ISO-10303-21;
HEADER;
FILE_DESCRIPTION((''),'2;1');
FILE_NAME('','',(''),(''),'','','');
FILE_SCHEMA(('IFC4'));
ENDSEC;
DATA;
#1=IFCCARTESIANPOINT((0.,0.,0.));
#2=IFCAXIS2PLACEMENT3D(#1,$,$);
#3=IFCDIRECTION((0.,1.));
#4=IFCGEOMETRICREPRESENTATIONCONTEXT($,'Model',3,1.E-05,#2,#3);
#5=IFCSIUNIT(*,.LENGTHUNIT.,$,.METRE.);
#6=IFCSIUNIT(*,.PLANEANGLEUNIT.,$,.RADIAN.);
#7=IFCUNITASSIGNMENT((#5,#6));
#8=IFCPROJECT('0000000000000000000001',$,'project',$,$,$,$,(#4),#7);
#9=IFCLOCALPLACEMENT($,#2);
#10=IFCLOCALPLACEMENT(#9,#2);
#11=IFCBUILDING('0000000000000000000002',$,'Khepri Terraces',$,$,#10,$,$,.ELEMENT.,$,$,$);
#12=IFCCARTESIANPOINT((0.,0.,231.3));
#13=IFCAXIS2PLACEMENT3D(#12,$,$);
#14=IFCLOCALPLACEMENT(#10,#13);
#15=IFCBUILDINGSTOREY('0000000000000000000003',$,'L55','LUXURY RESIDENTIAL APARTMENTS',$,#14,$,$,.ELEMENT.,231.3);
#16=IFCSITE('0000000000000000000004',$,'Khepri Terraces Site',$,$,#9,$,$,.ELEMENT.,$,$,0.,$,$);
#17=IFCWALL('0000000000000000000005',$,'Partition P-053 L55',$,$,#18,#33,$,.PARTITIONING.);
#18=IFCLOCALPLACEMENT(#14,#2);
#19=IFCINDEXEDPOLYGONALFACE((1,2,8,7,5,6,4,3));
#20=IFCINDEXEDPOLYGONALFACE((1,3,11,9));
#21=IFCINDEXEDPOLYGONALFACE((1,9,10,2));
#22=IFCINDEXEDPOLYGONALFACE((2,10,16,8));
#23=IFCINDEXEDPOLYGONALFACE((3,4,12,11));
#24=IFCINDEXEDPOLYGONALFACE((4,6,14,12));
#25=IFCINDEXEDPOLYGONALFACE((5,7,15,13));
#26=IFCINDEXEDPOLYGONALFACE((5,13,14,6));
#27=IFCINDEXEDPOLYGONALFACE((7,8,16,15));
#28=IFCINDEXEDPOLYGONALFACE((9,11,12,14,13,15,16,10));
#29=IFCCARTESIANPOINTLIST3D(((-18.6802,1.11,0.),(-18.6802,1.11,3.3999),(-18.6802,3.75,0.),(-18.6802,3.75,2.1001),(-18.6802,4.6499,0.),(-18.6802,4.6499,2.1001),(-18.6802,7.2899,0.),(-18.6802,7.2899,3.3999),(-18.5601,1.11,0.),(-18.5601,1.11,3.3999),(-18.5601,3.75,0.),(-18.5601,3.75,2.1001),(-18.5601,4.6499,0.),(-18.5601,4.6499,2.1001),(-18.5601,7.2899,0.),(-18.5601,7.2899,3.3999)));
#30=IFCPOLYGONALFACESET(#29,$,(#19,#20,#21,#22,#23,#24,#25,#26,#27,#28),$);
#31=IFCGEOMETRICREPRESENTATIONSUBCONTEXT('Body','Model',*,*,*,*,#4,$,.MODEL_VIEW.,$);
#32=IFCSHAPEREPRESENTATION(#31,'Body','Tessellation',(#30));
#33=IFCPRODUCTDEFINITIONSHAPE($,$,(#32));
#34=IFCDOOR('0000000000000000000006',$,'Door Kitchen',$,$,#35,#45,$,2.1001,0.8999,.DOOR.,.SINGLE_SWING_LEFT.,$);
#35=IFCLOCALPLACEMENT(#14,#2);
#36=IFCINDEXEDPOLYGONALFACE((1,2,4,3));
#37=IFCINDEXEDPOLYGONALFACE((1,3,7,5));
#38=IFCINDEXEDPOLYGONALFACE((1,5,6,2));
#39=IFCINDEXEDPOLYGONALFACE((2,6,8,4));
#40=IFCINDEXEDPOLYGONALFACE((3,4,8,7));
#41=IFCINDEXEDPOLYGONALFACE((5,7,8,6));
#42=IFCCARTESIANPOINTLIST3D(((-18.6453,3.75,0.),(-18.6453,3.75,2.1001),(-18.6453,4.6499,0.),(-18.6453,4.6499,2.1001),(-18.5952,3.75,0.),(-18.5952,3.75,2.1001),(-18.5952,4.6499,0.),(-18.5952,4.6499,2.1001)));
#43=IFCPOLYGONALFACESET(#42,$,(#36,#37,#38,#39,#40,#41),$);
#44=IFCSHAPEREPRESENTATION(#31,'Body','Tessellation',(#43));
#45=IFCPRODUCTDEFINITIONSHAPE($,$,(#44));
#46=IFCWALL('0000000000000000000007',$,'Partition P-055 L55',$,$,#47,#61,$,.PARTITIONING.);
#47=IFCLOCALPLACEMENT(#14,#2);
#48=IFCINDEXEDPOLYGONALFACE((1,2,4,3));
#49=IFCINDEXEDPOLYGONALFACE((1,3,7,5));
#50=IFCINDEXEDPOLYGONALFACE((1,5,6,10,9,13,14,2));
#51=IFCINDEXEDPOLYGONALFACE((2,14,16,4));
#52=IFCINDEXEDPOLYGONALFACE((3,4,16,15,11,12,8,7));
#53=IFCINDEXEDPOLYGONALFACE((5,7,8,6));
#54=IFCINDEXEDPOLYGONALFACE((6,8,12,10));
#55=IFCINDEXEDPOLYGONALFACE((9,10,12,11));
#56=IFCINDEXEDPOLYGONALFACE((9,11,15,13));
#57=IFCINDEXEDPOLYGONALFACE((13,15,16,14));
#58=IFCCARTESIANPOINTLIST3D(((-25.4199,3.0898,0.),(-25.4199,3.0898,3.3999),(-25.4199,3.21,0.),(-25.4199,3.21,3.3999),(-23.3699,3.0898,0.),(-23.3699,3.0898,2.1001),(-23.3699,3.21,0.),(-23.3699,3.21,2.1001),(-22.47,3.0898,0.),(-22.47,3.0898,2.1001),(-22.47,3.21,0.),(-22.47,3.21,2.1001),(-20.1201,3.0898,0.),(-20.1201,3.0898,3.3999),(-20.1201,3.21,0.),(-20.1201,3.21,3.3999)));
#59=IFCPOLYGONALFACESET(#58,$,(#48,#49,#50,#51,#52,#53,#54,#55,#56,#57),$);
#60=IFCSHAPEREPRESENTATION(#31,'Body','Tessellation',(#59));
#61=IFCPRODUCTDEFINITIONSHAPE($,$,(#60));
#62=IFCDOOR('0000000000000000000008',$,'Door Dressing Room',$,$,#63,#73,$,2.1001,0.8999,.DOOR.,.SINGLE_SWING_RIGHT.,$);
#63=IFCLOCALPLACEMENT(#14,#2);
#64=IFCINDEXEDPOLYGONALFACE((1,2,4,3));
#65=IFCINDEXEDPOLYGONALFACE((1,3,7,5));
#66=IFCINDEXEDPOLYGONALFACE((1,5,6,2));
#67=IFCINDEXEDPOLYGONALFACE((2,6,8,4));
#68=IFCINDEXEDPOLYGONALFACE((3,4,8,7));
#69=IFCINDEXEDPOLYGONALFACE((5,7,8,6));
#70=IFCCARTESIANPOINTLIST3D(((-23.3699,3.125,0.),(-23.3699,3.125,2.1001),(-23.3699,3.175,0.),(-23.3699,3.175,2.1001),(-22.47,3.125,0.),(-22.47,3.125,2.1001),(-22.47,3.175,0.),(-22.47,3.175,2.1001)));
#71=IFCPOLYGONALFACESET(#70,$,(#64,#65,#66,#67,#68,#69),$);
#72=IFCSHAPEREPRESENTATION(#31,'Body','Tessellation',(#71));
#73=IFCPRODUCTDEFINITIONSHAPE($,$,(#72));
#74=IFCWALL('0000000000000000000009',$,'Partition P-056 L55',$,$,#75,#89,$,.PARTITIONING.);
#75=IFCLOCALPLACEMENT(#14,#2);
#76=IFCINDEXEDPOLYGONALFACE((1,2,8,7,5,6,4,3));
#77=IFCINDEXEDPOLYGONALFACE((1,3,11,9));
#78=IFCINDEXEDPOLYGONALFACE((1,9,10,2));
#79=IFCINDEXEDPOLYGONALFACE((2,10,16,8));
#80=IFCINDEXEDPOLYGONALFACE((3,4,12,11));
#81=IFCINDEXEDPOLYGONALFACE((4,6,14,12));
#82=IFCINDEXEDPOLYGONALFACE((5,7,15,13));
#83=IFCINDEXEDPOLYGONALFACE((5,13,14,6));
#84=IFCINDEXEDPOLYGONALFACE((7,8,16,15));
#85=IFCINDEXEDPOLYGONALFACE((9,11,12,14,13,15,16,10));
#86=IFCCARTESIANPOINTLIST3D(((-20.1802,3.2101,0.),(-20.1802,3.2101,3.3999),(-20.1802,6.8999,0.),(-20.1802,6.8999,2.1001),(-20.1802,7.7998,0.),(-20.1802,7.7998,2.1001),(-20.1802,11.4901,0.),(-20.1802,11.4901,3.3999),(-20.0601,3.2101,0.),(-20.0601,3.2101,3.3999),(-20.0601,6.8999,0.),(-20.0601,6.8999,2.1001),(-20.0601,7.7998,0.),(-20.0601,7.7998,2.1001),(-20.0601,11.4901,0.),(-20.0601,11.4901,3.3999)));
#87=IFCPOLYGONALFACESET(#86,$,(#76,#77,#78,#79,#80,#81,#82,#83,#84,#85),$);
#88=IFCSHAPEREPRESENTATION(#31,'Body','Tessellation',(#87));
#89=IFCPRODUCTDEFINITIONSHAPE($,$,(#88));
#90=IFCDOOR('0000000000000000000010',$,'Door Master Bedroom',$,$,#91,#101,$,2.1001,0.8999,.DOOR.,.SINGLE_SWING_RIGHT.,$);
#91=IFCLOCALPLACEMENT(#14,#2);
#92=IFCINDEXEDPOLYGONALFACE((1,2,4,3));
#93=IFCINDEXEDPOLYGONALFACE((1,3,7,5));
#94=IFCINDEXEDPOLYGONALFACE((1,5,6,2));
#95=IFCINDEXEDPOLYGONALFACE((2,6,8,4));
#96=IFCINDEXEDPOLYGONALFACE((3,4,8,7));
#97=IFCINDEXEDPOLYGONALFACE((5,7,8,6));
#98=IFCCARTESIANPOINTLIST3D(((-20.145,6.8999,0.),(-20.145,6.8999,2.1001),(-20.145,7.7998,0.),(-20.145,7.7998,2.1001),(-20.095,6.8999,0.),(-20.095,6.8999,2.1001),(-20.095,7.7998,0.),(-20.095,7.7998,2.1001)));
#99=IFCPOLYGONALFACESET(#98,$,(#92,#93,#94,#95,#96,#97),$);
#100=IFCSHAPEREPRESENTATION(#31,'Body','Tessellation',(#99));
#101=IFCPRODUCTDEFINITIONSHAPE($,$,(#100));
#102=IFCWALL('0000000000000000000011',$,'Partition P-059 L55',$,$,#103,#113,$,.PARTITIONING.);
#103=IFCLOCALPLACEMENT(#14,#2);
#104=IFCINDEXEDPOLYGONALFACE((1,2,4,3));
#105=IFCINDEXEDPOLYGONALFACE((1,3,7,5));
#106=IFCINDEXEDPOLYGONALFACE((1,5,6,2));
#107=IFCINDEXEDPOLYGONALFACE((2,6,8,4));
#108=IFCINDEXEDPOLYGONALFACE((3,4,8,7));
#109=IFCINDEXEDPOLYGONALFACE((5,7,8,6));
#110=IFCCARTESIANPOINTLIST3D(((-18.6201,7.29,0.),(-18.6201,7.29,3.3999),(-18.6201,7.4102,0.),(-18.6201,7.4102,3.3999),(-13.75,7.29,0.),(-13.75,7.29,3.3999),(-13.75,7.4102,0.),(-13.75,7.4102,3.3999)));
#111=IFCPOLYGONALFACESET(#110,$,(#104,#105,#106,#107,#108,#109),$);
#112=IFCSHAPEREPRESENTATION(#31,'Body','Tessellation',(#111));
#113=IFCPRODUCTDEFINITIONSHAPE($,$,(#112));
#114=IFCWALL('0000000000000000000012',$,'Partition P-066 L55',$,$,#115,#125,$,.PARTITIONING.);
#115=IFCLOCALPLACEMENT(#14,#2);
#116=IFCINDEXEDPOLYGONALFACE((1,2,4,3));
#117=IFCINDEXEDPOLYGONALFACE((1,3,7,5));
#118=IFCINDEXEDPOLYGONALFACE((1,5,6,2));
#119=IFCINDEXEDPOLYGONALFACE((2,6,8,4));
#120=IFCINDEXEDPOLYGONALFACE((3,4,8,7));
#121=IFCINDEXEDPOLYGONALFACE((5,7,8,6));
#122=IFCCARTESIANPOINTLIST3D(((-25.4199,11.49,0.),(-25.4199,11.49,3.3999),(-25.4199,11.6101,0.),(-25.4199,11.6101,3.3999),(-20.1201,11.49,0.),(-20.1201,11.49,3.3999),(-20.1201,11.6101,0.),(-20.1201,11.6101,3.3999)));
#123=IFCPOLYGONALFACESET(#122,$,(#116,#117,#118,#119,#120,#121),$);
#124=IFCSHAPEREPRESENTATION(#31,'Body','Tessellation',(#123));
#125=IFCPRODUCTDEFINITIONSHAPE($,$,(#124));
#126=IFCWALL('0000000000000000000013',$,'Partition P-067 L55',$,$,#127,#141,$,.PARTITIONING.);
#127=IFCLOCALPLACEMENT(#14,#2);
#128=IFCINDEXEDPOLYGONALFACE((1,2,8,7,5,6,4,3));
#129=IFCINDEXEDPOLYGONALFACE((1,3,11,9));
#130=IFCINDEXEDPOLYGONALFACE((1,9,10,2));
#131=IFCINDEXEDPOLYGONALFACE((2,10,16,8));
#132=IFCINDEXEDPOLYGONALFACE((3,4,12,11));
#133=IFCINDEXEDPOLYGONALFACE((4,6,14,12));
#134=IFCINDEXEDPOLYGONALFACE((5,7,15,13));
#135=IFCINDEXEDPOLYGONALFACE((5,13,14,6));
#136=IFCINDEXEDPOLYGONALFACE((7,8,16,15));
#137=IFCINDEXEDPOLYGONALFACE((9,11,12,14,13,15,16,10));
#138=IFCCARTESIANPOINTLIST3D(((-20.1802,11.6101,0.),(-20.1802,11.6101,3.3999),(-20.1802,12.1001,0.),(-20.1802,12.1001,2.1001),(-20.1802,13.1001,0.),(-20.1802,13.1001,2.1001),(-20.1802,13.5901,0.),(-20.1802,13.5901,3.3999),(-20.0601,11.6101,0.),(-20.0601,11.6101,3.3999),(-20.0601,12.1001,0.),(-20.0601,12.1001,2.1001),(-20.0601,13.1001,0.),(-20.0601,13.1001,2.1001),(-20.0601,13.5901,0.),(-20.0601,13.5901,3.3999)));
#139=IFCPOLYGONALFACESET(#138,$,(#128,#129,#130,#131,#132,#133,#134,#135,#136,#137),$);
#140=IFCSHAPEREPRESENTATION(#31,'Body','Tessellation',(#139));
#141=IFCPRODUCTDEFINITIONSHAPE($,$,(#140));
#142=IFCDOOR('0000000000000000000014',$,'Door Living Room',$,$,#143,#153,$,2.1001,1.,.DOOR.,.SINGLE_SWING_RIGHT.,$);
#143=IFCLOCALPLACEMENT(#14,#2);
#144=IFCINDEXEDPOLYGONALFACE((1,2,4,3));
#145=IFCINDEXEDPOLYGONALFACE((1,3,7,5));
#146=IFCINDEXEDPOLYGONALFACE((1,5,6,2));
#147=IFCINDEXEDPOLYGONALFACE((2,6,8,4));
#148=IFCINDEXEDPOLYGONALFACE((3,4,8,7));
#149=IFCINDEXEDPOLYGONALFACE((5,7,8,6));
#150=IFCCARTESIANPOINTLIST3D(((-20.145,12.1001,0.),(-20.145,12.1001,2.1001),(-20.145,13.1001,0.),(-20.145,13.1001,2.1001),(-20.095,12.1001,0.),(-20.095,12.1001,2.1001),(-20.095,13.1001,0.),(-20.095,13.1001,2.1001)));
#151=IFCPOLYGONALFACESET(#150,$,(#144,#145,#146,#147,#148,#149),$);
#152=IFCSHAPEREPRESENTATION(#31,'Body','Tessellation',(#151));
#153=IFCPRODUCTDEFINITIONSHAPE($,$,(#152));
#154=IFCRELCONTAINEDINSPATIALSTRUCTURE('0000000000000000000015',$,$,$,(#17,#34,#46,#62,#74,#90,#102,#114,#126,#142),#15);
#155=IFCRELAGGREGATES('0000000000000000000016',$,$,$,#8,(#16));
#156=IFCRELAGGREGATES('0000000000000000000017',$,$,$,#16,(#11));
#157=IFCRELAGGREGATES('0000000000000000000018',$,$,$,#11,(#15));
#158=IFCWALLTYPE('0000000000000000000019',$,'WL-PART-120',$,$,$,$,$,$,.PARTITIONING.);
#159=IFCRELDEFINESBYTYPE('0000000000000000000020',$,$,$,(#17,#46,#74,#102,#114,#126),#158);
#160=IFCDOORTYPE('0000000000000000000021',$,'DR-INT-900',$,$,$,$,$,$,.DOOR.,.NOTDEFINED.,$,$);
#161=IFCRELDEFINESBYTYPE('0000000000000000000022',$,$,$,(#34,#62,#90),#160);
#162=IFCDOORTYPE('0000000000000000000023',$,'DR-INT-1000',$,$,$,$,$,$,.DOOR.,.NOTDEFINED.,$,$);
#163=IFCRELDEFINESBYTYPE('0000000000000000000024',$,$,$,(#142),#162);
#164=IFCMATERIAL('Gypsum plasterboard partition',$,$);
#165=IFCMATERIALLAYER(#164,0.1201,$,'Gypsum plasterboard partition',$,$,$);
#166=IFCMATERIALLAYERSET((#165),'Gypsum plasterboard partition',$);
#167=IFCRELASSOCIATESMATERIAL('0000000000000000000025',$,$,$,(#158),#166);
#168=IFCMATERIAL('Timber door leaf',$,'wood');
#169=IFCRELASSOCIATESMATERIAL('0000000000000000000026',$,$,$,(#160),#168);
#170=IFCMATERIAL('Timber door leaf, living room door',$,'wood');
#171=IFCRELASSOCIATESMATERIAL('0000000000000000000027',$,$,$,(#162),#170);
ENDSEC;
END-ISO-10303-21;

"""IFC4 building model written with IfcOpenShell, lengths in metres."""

from ifc_helpers import new_model, si_unit, direction, frame, frame_2d, origin, place, context, subcontext, project, spatial, rectangle, extrude, material, layer, layer_set, type_object, element, fill, save


model = new_model("IFC4")

# Units and contexts
model_context = context("Model", 3, precision=1e-05, world=origin(), true_north=direction((0.0, 1.0)))
body_context = subcontext(model_context, "Body", "Model", "MODEL_VIEW")
ifc_project = project(units=[si_unit("LENGTHUNIT", "METRE"), si_unit("PLANEANGLEUNIT", "RADIAN")], contexts=[model_context])

# Site, building, storey
site_placement = place(None, origin())
site = spatial("IfcSite", under=ifc_project, at=site_placement, Name="Khepri Terraces Site", CompositionType="ELEMENT", RefElevation=0.0)
building_placement = place(site_placement, origin())
building = spatial("IfcBuilding", under=site, at=building_placement, Name="Khepri Terraces", CompositionType="ELEMENT")
storey_placement = place(building_placement, frame((0.0, 0.0, 231.3)))
storey = spatial("IfcBuildingStorey", under=building, at=storey_placement, Name="L55", Description="LUXURY RESIDENTIAL APARTMENTS", CompositionType="ELEMENT", Elevation=231.3)

# Shared definitions
ifc_material_1 = material(Name="Gypsum plasterboard partition")
ifc_layer_1 = layer(ifc_material_1, 0.1201, Name="Gypsum plasterboard partition")
ifc_layer_set_1 = layer_set([ifc_layer_1], Name="Gypsum plasterboard partition")
wall_type_1 = type_object("IfcWallType", Name="WL-PART-120", PredefinedType="PARTITIONING", material=ifc_layer_set_1)

# Walls, openings, doors
wall_1_placement = place(storey_placement, frame((-18.6201, 1.1101, 0.0), z_axis=(0.0, 0.0, 1.0), x_axis=(0.0, 1.0, 0.0)))
wall_1 = element("IfcWall", 1, at=wall_1_placement, inside=storey, type_object=wall_type_1, Name="Partition P-053 L55", PredefinedType="PARTITIONING", context=body_context, shape_type="SweptSolid", body=[
    extrude(rectangle(XDim=6.1799, YDim=0.1201, at=frame_2d((3.0898, 0.0))), origin(), (0.0, 0.0, 1.0), 3.3999),
])
opening_1_placement = place(wall_1_placement, frame((2.6399, 0.0, 0.0)))
opening_1 = element("IfcOpeningElement", 2, at=opening_1_placement, cuts=wall_1, PredefinedType="OPENING", context=body_context, shape_type="SweptSolid", body=[
    extrude(rectangle(XDim=0.8999, YDim=2.1001, at=frame_2d((0.45, 1.05))), frame((0.0, 0.0701, 0.0), z_axis=(0.0, -1.0, 0.0), x_axis=(1.0, 0.0, 0.0)), (0.0, 0.0, 1.0), 0.1401),
])
ifc_material_2 = material(Name="Timber door leaf", Category="wood")
door_type_1 = type_object("IfcDoorType", Name="DR-INT-900", OperationType="NOTDEFINED", PredefinedType="DOOR", material=ifc_material_2)
door_1_placement = place(opening_1_placement, frame((0.8999, 0.0, 0.0), z_axis=(0.0, 0.0, 1.0), x_axis=(-1.0, 0.0, 0.0)))
door_1 = element("IfcDoor", 3, at=door_1_placement, inside=storey, type_object=door_type_1, Name="Door Kitchen", OperationType="SINGLE_SWING_LEFT", OverallHeight=2.1001, OverallWidth=0.8999, PredefinedType="DOOR", context=body_context, shape_type="SweptSolid", body=[
    extrude(rectangle(XDim=0.8999, YDim=2.1001, at=frame_2d((0.45, 1.05))), frame((0.0, 0.0249, 0.0), z_axis=(0.0, -1.0, 0.0), x_axis=(1.0, 0.0, 0.0)), (0.0, 0.0, 1.0), 0.05),
])
fill(opening_1, door_1)
wall_2_placement = place(storey_placement, frame((-25.4199, 3.1499, 0.0), z_axis=(0.0, 0.0, 1.0), x_axis=(1.0, 0.0, 0.0)))
wall_2 = element("IfcWall", 4, at=wall_2_placement, inside=storey, type_object=wall_type_1, Name="Partition P-055 L55", PredefinedType="PARTITIONING", context=body_context, shape_type="SweptSolid", body=[
    extrude(rectangle(XDim=5.2998, YDim=0.1201, at=frame_2d((2.6499, 0.0))), origin(), (0.0, 0.0, 1.0), 3.3999),
])
opening_2_placement = place(wall_2_placement, frame((2.05, 0.0, 0.0)))
opening_2 = element("IfcOpeningElement", 5, at=opening_2_placement, cuts=wall_2, PredefinedType="OPENING", context=body_context, shape_type="SweptSolid", body=[
    extrude(rectangle(XDim=0.8999, YDim=2.1001, at=frame_2d((0.45, 1.05))), frame((0.0, 0.0701, 0.0), z_axis=(0.0, -1.0, 0.0), x_axis=(1.0, 0.0, 0.0)), (0.0, 0.0, 1.0), 0.1401),
])
door_2_placement = place(opening_2_placement, frame((0.8999, 0.0, 0.0), z_axis=(0.0, 0.0, 1.0), x_axis=(-1.0, 0.0, 0.0)))
door_2 = element("IfcDoor", 6, at=door_2_placement, inside=storey, type_object=door_type_1, Name="Door Dressing Room", OperationType="SINGLE_SWING_RIGHT", OverallHeight=2.1001, OverallWidth=0.8999, PredefinedType="DOOR", context=body_context, shape_type="SweptSolid", body=[
    extrude(rectangle(XDim=0.8999, YDim=2.1001, at=frame_2d((0.45, 1.05))), frame((0.0, 0.0249, 0.0), z_axis=(0.0, -1.0, 0.0), x_axis=(1.0, 0.0, 0.0)), (0.0, 0.0, 1.0), 0.05),
])
fill(opening_2, door_2)
wall_3_placement = place(storey_placement, frame((-20.1201, 3.21, 0.0), z_axis=(0.0, 0.0, 1.0), x_axis=(0.0, 1.0, 0.0)))
wall_3 = element("IfcWall", 7, at=wall_3_placement, inside=storey, type_object=wall_type_1, Name="Partition P-056 L55", PredefinedType="PARTITIONING", context=body_context, shape_type="SweptSolid", body=[
    extrude(rectangle(XDim=8.28, YDim=0.1201, at=frame_2d((4.1401, 0.0))), origin(), (0.0, 0.0, 1.0), 3.3999),
])
opening_3_placement = place(wall_3_placement, frame((3.6899, 0.0, 0.0)))
opening_3 = element("IfcOpeningElement", 8, at=opening_3_placement, cuts=wall_3, PredefinedType="OPENING", context=body_context, shape_type="SweptSolid", body=[
    extrude(rectangle(XDim=0.8999, YDim=2.1001, at=frame_2d((0.45, 1.05))), frame((0.0, 0.0701, 0.0), z_axis=(0.0, -1.0, 0.0), x_axis=(1.0, 0.0, 0.0)), (0.0, 0.0, 1.0), 0.1401),
])
door_3_placement = place(opening_3_placement, origin())
door_3 = element("IfcDoor", 9, at=door_3_placement, inside=storey, type_object=door_type_1, Name="Door Master Bedroom", OperationType="SINGLE_SWING_RIGHT", OverallHeight=2.1001, OverallWidth=0.8999, PredefinedType="DOOR", context=body_context, shape_type="SweptSolid", body=[
    extrude(rectangle(XDim=0.8999, YDim=2.1001, at=frame_2d((0.45, 1.05))), frame((0.0, 0.0249, 0.0), z_axis=(0.0, -1.0, 0.0), x_axis=(1.0, 0.0, 0.0)), (0.0, 0.0, 1.0), 0.05),
])
fill(opening_3, door_3)

# Walls
wall_4_placement = place(storey_placement, frame((-18.6201, 7.3501, 0.0), z_axis=(0.0, 0.0, 1.0), x_axis=(1.0, 0.0, 0.0)))
element("IfcWall", 10, at=wall_4_placement, inside=storey, type_object=wall_type_1, Name="Partition P-059 L55", PredefinedType="PARTITIONING", context=body_context, shape_type="SweptSolid", body=[
    extrude(rectangle(XDim=4.8701, YDim=0.1201, at=frame_2d((2.4351, 0.0))), origin(), (0.0, 0.0, 1.0), 3.3999),
])
wall_5_placement = place(storey_placement, frame((-25.4199, 11.55, 0.0), z_axis=(0.0, 0.0, 1.0), x_axis=(1.0, 0.0, 0.0)))
element("IfcWall", 11, at=wall_5_placement, inside=storey, type_object=wall_type_1, Name="Partition P-066 L55", PredefinedType="PARTITIONING", context=body_context, shape_type="SweptSolid", body=[
    extrude(rectangle(XDim=5.2998, YDim=0.1201, at=frame_2d((2.6499, 0.0))), origin(), (0.0, 0.0, 1.0), 3.3999),
])

# Wall, opening, door
wall_6_placement = place(storey_placement, frame((-20.1201, 11.6101, 0.0), z_axis=(0.0, 0.0, 1.0), x_axis=(0.0, 1.0, 0.0)))
wall_6 = element("IfcWall", 12, at=wall_6_placement, inside=storey, type_object=wall_type_1, Name="Partition P-067 L55", PredefinedType="PARTITIONING", context=body_context, shape_type="SweptSolid", body=[
    extrude(rectangle(XDim=1.98, YDim=0.1201, at=frame_2d((0.99, 0.0))), origin(), (0.0, 0.0, 1.0), 3.3999),
])
opening_4_placement = place(wall_6_placement, frame((0.49, 0.0, 0.0)))
opening_4 = element("IfcOpeningElement", 13, at=opening_4_placement, cuts=wall_6, PredefinedType="OPENING", context=body_context, shape_type="SweptSolid", body=[
    extrude(rectangle(XDim=1.0, YDim=2.1001, at=frame_2d((0.5, 1.05))), frame((0.0, 0.0701, 0.0), z_axis=(0.0, -1.0, 0.0), x_axis=(1.0, 0.0, 0.0)), (0.0, 0.0, 1.0), 0.1401),
])
ifc_material_3 = material(Name="Timber door leaf, living room door", Category="wood")
door_type_2 = type_object("IfcDoorType", Name="DR-INT-1000", OperationType="NOTDEFINED", PredefinedType="DOOR", material=ifc_material_3)
door_4_placement = place(opening_4_placement, origin())
door_4 = element("IfcDoor", 14, at=door_4_placement, inside=storey, type_object=door_type_2, Name="Door Living Room", OperationType="SINGLE_SWING_RIGHT", OverallHeight=2.1001, OverallWidth=1.0, PredefinedType="DOOR", context=body_context, shape_type="SweptSolid", body=[
    extrude(rectangle(XDim=1.0, YDim=2.1001, at=frame_2d((0.5, 1.05))), frame((0.0, 0.0249, 0.0), z_axis=(0.0, -1.0, 0.0), x_axis=(1.0, 0.0, 0.0)), (0.0, 0.0, 1.0), 0.05),
])
fill(opening_4, door_4)

save(model, "model.ifc")
